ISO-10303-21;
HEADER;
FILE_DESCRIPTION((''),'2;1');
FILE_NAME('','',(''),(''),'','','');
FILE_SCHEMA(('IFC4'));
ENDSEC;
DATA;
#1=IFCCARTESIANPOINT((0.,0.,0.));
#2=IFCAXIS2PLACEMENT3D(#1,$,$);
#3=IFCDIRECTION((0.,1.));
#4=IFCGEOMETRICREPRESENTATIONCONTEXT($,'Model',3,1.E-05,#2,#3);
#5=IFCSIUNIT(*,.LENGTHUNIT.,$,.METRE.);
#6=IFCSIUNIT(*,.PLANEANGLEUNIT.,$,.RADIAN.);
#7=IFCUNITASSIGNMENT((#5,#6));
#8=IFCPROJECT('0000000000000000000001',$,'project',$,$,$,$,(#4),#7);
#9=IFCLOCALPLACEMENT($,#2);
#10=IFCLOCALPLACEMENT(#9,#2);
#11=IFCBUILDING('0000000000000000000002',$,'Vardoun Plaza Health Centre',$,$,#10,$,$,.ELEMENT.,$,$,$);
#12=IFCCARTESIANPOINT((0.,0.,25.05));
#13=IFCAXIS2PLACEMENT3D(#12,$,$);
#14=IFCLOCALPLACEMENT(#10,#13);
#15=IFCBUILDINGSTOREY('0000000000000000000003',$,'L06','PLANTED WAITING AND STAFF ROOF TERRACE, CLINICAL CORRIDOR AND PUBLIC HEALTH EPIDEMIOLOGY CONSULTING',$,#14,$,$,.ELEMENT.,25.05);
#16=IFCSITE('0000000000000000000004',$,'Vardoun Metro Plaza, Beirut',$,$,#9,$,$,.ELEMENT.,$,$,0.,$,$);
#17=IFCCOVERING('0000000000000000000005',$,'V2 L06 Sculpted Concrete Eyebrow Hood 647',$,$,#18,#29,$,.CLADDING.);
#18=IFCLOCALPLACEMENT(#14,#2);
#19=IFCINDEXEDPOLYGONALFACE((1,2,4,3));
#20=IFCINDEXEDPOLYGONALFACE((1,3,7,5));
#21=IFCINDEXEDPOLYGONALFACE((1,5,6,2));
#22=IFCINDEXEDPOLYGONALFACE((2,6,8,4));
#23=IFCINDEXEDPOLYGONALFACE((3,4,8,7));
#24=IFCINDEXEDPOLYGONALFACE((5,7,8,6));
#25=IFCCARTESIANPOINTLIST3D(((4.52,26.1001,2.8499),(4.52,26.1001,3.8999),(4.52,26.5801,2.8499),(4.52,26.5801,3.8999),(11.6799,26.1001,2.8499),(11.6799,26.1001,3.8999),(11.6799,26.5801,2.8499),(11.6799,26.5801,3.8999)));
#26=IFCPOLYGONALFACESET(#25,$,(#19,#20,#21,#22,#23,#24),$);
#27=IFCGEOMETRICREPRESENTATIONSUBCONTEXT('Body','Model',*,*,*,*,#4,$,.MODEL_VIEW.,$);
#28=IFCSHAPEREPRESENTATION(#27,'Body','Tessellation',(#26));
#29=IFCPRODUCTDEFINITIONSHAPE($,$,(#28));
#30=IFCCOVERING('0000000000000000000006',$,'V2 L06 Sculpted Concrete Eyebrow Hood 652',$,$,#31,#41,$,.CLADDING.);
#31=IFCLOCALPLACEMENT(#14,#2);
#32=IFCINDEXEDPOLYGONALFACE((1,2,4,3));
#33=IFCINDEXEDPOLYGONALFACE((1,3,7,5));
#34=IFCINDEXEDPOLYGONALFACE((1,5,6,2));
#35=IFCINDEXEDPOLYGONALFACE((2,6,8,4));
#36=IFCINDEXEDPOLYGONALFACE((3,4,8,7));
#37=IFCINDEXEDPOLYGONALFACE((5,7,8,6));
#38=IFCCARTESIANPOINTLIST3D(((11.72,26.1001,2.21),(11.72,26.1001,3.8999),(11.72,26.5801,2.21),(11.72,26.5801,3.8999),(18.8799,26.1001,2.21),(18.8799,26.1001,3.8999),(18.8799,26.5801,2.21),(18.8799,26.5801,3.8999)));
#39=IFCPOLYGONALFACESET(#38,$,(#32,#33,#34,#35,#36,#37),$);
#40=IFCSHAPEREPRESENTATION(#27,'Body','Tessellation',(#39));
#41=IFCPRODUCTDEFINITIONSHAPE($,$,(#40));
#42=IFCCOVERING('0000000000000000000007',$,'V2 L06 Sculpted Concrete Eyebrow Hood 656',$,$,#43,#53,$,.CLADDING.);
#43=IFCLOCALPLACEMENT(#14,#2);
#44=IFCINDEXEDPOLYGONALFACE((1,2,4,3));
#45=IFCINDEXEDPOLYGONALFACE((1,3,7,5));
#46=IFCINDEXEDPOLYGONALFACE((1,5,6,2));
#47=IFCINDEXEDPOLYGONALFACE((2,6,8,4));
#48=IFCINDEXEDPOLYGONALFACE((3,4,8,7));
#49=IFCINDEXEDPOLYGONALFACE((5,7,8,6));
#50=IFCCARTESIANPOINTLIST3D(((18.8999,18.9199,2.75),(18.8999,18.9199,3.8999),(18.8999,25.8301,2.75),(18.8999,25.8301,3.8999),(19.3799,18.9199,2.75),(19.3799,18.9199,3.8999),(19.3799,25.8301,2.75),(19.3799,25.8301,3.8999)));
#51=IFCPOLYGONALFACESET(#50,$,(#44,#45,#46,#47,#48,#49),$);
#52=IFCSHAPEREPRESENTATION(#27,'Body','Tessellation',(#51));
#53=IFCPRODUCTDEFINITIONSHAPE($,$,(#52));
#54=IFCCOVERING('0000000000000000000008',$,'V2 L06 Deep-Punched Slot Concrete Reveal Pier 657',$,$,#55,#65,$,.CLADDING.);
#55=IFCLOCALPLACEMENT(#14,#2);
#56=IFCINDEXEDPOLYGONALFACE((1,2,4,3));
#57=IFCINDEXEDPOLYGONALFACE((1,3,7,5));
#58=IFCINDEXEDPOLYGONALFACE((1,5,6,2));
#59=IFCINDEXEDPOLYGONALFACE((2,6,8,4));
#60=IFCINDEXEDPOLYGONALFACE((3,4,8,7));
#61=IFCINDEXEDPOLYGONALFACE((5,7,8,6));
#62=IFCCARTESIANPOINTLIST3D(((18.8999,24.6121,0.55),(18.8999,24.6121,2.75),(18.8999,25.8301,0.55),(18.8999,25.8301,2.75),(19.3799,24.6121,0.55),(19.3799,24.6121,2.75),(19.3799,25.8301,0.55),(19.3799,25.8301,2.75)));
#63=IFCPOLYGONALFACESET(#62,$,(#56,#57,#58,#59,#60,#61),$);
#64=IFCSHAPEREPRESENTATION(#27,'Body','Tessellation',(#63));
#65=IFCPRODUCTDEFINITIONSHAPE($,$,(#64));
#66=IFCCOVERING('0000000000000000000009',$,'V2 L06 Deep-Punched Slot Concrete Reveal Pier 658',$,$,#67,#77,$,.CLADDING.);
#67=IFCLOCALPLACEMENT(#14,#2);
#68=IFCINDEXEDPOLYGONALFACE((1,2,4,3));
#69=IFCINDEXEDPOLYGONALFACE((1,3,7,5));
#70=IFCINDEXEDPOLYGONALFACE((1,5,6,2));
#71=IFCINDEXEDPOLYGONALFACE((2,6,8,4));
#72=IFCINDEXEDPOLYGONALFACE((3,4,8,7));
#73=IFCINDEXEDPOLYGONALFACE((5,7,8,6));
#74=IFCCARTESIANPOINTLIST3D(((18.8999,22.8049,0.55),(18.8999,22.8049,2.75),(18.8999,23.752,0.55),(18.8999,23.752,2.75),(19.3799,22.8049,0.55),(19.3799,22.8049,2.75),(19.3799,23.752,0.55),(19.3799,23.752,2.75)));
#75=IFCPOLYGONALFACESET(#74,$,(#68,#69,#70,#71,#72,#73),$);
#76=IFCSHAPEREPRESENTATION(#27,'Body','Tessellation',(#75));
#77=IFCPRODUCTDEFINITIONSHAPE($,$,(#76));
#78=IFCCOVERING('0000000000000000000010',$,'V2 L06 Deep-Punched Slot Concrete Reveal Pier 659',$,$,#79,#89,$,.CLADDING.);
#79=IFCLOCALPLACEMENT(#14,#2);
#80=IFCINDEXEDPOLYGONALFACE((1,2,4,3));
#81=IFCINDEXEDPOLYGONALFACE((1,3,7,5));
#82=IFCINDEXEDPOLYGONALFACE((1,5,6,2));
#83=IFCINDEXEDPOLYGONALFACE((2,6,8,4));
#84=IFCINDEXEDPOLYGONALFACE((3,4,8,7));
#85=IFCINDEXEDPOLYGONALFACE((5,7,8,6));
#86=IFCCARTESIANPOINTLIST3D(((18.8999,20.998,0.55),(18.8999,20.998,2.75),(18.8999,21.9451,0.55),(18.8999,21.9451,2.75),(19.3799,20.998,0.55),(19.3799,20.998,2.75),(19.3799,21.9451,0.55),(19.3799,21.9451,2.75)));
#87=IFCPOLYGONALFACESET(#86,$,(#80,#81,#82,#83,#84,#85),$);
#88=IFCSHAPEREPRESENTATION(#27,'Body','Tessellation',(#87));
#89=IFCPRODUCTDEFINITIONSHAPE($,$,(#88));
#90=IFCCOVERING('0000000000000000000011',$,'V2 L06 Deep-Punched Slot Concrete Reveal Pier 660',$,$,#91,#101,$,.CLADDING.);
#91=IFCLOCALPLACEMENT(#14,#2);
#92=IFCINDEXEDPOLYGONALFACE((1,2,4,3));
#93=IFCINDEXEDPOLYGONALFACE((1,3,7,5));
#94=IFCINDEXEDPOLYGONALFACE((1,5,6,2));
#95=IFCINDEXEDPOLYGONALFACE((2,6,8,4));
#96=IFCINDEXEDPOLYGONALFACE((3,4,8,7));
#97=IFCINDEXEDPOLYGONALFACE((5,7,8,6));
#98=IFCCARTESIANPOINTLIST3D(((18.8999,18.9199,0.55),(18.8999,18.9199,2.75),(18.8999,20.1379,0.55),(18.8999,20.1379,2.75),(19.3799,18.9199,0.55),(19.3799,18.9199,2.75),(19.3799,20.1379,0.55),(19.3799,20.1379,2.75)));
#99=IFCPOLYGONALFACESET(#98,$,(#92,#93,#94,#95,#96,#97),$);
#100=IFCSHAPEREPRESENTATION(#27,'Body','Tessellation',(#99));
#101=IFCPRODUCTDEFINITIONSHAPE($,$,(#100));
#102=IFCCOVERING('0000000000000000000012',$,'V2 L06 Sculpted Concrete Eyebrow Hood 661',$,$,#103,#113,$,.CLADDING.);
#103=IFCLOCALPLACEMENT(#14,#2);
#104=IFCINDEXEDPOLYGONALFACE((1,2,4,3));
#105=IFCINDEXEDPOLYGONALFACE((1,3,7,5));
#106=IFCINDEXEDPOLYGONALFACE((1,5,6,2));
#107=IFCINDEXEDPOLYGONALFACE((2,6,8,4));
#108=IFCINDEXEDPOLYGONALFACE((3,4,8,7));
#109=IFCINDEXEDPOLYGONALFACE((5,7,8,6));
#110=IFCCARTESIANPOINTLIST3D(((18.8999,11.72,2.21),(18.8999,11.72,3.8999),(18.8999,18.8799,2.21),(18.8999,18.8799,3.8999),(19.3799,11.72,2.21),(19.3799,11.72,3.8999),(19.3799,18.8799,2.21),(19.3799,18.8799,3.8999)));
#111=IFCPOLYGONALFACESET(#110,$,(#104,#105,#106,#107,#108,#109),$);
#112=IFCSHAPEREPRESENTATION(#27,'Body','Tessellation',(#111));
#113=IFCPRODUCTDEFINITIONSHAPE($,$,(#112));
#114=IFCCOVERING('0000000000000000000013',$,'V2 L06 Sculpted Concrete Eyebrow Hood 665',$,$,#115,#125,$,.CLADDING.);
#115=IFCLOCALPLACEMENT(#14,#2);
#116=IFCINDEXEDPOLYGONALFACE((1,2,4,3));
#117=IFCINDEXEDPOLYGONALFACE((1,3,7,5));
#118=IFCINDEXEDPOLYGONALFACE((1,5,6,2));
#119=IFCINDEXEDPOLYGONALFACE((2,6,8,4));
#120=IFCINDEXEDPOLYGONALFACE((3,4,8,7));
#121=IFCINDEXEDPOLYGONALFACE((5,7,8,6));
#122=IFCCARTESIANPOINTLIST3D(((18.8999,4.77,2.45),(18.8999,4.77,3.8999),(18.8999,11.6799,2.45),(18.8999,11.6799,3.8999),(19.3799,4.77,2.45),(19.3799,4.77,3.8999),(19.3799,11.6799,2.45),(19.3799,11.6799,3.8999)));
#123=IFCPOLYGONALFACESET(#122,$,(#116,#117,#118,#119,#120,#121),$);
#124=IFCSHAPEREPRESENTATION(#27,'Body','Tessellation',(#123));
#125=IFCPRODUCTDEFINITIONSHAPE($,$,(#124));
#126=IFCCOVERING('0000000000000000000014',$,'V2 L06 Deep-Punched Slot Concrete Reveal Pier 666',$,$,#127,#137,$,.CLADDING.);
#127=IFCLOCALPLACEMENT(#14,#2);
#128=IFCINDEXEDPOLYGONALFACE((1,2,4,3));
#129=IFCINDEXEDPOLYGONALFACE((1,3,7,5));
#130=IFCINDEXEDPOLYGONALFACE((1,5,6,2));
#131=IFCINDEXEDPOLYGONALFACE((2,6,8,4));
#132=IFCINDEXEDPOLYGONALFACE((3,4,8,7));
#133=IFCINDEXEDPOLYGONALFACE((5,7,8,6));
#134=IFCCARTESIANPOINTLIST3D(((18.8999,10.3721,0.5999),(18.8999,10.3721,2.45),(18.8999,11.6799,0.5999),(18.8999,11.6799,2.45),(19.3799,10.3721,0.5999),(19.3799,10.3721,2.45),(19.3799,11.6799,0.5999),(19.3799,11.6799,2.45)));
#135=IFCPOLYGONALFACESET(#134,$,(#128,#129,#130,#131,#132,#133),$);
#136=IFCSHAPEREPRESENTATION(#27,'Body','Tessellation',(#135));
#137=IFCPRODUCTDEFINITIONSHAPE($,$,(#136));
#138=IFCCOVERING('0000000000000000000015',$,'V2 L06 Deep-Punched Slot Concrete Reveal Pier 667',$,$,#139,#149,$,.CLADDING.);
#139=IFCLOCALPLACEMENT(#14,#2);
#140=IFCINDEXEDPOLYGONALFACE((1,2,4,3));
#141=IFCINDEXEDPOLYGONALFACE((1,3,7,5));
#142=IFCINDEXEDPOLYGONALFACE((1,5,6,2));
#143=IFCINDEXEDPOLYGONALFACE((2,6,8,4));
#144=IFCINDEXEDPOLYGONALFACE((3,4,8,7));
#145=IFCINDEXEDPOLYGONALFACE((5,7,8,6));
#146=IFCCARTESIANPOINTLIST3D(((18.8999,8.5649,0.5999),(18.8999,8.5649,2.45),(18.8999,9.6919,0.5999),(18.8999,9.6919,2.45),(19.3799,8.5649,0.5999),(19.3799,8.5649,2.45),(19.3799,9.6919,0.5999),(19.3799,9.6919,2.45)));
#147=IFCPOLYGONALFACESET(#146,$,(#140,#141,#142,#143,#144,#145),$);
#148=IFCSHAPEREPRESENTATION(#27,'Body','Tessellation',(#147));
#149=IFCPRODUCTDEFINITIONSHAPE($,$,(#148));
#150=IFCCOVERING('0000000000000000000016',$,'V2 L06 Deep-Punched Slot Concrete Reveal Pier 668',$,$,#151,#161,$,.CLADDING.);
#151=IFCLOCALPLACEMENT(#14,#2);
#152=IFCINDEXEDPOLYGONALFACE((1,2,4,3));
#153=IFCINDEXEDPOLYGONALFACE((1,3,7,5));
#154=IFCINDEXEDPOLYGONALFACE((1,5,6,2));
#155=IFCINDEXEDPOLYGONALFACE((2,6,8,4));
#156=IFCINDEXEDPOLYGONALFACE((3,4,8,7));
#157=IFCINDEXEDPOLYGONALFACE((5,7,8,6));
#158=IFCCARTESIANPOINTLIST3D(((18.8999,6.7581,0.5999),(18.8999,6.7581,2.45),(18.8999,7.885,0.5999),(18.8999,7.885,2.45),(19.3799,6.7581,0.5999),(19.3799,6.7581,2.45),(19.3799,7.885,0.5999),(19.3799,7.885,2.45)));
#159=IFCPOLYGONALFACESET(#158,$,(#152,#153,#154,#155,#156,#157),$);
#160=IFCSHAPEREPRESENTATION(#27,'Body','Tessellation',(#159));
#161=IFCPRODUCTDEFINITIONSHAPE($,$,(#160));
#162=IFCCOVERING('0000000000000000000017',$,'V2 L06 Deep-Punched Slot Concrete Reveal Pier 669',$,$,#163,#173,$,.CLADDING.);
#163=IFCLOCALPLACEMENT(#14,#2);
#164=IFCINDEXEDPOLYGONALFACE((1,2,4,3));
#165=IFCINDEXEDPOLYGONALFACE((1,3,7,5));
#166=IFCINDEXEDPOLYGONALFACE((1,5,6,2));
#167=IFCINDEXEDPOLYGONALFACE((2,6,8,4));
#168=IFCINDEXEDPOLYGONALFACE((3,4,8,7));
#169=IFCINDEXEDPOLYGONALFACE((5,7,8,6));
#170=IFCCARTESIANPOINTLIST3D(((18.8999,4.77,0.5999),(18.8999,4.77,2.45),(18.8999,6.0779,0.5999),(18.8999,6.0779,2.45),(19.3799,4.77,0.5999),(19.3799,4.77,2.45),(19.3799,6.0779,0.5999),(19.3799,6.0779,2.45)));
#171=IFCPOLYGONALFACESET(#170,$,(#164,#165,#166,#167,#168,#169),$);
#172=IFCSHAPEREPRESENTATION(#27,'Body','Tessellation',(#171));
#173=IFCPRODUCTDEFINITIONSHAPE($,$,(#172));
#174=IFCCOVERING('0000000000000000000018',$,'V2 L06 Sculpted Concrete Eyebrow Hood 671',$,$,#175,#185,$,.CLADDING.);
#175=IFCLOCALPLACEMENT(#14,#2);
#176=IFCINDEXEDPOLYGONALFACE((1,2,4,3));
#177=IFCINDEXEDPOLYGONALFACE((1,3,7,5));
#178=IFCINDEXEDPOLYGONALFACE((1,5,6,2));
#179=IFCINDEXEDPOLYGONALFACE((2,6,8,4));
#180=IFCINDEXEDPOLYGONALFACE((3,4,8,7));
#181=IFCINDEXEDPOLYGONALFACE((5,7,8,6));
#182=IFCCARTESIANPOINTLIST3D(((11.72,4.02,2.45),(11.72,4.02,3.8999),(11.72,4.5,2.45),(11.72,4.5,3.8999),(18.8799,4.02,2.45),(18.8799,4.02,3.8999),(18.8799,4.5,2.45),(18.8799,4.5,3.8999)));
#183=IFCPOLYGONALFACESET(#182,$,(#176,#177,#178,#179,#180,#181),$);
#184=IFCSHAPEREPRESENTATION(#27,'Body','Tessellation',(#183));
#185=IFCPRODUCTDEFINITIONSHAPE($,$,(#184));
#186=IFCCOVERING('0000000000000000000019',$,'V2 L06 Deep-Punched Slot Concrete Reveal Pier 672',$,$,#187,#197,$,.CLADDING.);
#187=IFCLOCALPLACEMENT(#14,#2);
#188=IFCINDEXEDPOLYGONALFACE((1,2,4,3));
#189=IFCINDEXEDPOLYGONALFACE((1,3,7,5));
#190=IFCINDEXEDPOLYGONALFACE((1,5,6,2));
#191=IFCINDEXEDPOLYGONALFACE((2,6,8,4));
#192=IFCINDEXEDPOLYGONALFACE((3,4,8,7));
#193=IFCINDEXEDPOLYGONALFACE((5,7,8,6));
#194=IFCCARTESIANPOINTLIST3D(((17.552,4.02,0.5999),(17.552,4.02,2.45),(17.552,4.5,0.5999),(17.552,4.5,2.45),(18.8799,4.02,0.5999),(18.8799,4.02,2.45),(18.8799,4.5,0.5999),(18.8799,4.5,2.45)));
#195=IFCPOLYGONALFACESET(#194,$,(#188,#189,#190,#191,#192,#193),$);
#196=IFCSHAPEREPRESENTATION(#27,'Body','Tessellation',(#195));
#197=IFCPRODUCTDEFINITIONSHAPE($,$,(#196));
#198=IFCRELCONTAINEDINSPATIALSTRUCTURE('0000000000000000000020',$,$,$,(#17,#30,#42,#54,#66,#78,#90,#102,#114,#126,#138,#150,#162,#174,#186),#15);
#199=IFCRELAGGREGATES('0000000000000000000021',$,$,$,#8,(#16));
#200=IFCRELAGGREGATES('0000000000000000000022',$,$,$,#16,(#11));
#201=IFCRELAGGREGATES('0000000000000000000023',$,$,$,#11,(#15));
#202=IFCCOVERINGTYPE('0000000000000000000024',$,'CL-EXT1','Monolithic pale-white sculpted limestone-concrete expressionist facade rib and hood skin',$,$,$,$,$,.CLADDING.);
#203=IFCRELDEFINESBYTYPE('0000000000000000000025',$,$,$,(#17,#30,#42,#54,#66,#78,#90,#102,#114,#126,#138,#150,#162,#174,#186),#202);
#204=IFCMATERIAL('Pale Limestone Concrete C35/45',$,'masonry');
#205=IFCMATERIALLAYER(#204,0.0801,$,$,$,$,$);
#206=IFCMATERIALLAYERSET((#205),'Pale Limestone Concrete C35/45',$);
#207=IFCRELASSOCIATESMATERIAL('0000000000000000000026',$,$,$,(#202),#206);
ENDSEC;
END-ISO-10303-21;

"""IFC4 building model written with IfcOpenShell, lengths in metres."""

from ifc_helpers import new_model, si_unit, direction, frame, origin, place, context, subcontext, project, spatial, polyline, outline, extrude, material, layer, layer_set, type_object, element, save


model = new_model("IFC4")

# Units and contexts
model_context = context("Model", 3, precision=1e-05, world=origin(), true_north=direction((0.0, 1.0)))
body_context = subcontext(model_context, "Body", "Model", "MODEL_VIEW")
ifc_project = project(units=[si_unit("LENGTHUNIT", "METRE"), si_unit("PLANEANGLEUNIT", "RADIAN")], contexts=[model_context])

# Site, building, storey
site_placement = place(None, origin())
site = spatial("IfcSite", under=ifc_project, at=site_placement, Name="Vardoun Metro Plaza, Beirut", CompositionType="ELEMENT", RefElevation=0.0)
building_placement = place(site_placement, origin())
building = spatial("IfcBuilding", under=site, at=building_placement, Name="Vardoun Plaza Health Centre", CompositionType="ELEMENT")
storey_placement = place(building_placement, frame((0.0, 0.0, 25.05)))
storey = spatial("IfcBuildingStorey", under=building, at=storey_placement, Name="L06", Description="PLANTED WAITING AND STAFF ROOF TERRACE, CLINICAL CORRIDOR AND PUBLIC HEALTH EPIDEMIOLOGY CONSULTING", CompositionType="ELEMENT", Elevation=25.05)

# Coverings
ifc_material = material(Name="Pale Limestone Concrete C35/45", Category="masonry")
ifc_layer = layer(ifc_material, 0.0801)
ifc_layer_set = layer_set([ifc_layer], Name="Pale Limestone Concrete C35/45")
covering_type = type_object("IfcCoveringType", Name="CL-EXT1", Description="Monolithic pale-white sculpted limestone-concrete expressionist facade rib and hood skin", PredefinedType="CLADDING", material=ifc_layer_set)
covering_1_placement = place(storey_placement, frame((0.0, 0.0, 2.8499)))
element("IfcCovering", 1, at=covering_1_placement, inside=storey, type_object=covering_type, Name="V2 L06 Sculpted Concrete Eyebrow Hood 647", PredefinedType="CLADDING", context=body_context, shape_type="SweptSolid", body=[
    extrude(outline(polyline([(4.52, 26.1001), (11.6799, 26.1001), (11.6799, 26.5801), (4.52, 26.5801), (4.52, 26.1001)])), origin(), (0.0, 0.0, 1.0), 1.05),
])
covering_2_placement = place(storey_placement, frame((0.0, 0.0, 2.21)))
element("IfcCovering", 2, at=covering_2_placement, inside=storey, type_object=covering_type, Name="V2 L06 Sculpted Concrete Eyebrow Hood 652", PredefinedType="CLADDING", context=body_context, shape_type="SweptSolid", body=[
    extrude(outline(polyline([(11.72, 26.1001), (18.8799, 26.1001), (18.8799, 26.5801), (11.72, 26.5801), (11.72, 26.1001)])), origin(), (0.0, 0.0, 1.0), 1.6899),
])
covering_3_placement = place(storey_placement, frame((0.0, 0.0, 2.75)))
element("IfcCovering", 3, at=covering_3_placement, inside=storey, type_object=covering_type, Name="V2 L06 Sculpted Concrete Eyebrow Hood 656", PredefinedType="CLADDING", context=body_context, shape_type="SweptSolid", body=[
    extrude(outline(polyline([(18.8999, 25.8301), (18.8999, 18.9199), (19.3799, 18.9199), (19.3799, 25.8301), (18.8999, 25.8301)])), origin(), (0.0, 0.0, 1.0), 1.1499),
])
covering_4_placement = place(storey_placement, frame((0.0, 0.0, 0.55)))
element("IfcCovering", 4, at=covering_4_placement, inside=storey, type_object=covering_type, Name="V2 L06 Deep-Punched Slot Concrete Reveal Pier 657", PredefinedType="CLADDING", context=body_context, shape_type="SweptSolid", body=[
    extrude(outline(polyline([(18.8999, 25.8301), (18.8999, 24.6121), (19.3799, 24.6121), (19.3799, 25.8301), (18.8999, 25.8301)])), origin(), (0.0, 0.0, 1.0), 2.2),
])
covering_5_placement = place(storey_placement, frame((0.0, 0.0, 0.55)))
element("IfcCovering", 5, at=covering_5_placement, inside=storey, type_object=covering_type, Name="V2 L06 Deep-Punched Slot Concrete Reveal Pier 658", PredefinedType="CLADDING", context=body_context, shape_type="SweptSolid", body=[
    extrude(outline(polyline([(18.8999, 23.752), (18.8999, 22.8049), (19.3799, 22.8049), (19.3799, 23.752), (18.8999, 23.752)])), origin(), (0.0, 0.0, 1.0), 2.2),
])
covering_6_placement = place(storey_placement, frame((0.0, 0.0, 0.55)))
element("IfcCovering", 6, at=covering_6_placement, inside=storey, type_object=covering_type, Name="V2 L06 Deep-Punched Slot Concrete Reveal Pier 659", PredefinedType="CLADDING", context=body_context, shape_type="SweptSolid", body=[
    extrude(outline(polyline([(18.8999, 21.9451), (18.8999, 20.998), (19.3799, 20.998), (19.3799, 21.9451), (18.8999, 21.9451)])), origin(), (0.0, 0.0, 1.0), 2.2),
])
covering_7_placement = place(storey_placement, frame((0.0, 0.0, 0.55)))
element("IfcCovering", 7, at=covering_7_placement, inside=storey, type_object=covering_type, Name="V2 L06 Deep-Punched Slot Concrete Reveal Pier 660", PredefinedType="CLADDING", context=body_context, shape_type="SweptSolid", body=[
    extrude(outline(polyline([(18.8999, 20.1379), (18.8999, 18.9199), (19.3799, 18.9199), (19.3799, 20.1379), (18.8999, 20.1379)])), origin(), (0.0, 0.0, 1.0), 2.2),
])
covering_8_placement = place(storey_placement, frame((0.0, 0.0, 2.21)))
element("IfcCovering", 8, at=covering_8_placement, inside=storey, type_object=covering_type, Name="V2 L06 Sculpted Concrete Eyebrow Hood 661", PredefinedType="CLADDING", context=body_context, shape_type="SweptSolid", body=[
    extrude(outline(polyline([(18.8999, 18.8799), (18.8999, 11.72), (19.3799, 11.72), (19.3799, 18.8799), (18.8999, 18.8799)])), origin(), (0.0, 0.0, 1.0), 1.6899),
])
covering_9_placement = place(storey_placement, frame((0.0, 0.0, 2.45)))
element("IfcCovering", 9, at=covering_9_placement, inside=storey, type_object=covering_type, Name="V2 L06 Sculpted Concrete Eyebrow Hood 665", PredefinedType="CLADDING", context=body_context, shape_type="SweptSolid", body=[
    extrude(outline(polyline([(18.8999, 11.6799), (18.8999, 4.77), (19.3799, 4.77), (19.3799, 11.6799), (18.8999, 11.6799)])), origin(), (0.0, 0.0, 1.0), 1.45),
])
covering_10_placement = place(storey_placement, frame((0.0, 0.0, 0.5999)))
element("IfcCovering", 10, at=covering_10_placement, inside=storey, type_object=covering_type, Name="V2 L06 Deep-Punched Slot Concrete Reveal Pier 666", PredefinedType="CLADDING", context=body_context, shape_type="SweptSolid", body=[
    extrude(outline(polyline([(18.8999, 11.6799), (18.8999, 10.3721), (19.3799, 10.3721), (19.3799, 11.6799), (18.8999, 11.6799)])), origin(), (0.0, 0.0, 1.0), 1.8501),
])
covering_11_placement = place(storey_placement, frame((0.0, 0.0, 0.5999)))
element("IfcCovering", 11, at=covering_11_placement, inside=storey, type_object=covering_type, Name="V2 L06 Deep-Punched Slot Concrete Reveal Pier 667", PredefinedType="CLADDING", context=body_context, shape_type="SweptSolid", body=[
    extrude(outline(polyline([(18.8999, 9.6919), (18.8999, 8.5649), (19.3799, 8.5649), (19.3799, 9.6919), (18.8999, 9.6919)])), origin(), (0.0, 0.0, 1.0), 1.8501),
])
covering_12_placement = place(storey_placement, frame((0.0, 0.0, 0.5999)))
element("IfcCovering", 12, at=covering_12_placement, inside=storey, type_object=covering_type, Name="V2 L06 Deep-Punched Slot Concrete Reveal Pier 668", PredefinedType="CLADDING", context=body_context, shape_type="SweptSolid", body=[
    extrude(outline(polyline([(18.8999, 7.885), (18.8999, 6.7581), (19.3799, 6.7581), (19.3799, 7.885), (18.8999, 7.885)])), origin(), (0.0, 0.0, 1.0), 1.8501),
])
covering_13_placement = place(storey_placement, frame((0.0, 0.0, 0.5999)))
element("IfcCovering", 13, at=covering_13_placement, inside=storey, type_object=covering_type, Name="V2 L06 Deep-Punched Slot Concrete Reveal Pier 669", PredefinedType="CLADDING", context=body_context, shape_type="SweptSolid", body=[
    extrude(outline(polyline([(18.8999, 6.0779), (18.8999, 4.77), (19.3799, 4.77), (19.3799, 6.0779), (18.8999, 6.0779)])), origin(), (0.0, 0.0, 1.0), 1.8501),
])
covering_14_placement = place(storey_placement, frame((0.0, 0.0, 2.45)))
element("IfcCovering", 14, at=covering_14_placement, inside=storey, type_object=covering_type, Name="V2 L06 Sculpted Concrete Eyebrow Hood 671", PredefinedType="CLADDING", context=body_context, shape_type="SweptSolid", body=[
    extrude(outline(polyline([(18.8799, 4.5), (11.72, 4.5), (11.72, 4.02), (18.8799, 4.02), (18.8799, 4.5)])), origin(), (0.0, 0.0, 1.0), 1.45),
])
covering_15_placement = place(storey_placement, frame((0.0, 0.0, 0.5999)))
element("IfcCovering", 15, at=covering_15_placement, inside=storey, type_object=covering_type, Name="V2 L06 Deep-Punched Slot Concrete Reveal Pier 672", PredefinedType="CLADDING", context=body_context, shape_type="SweptSolid", body=[
    extrude(outline(polyline([(18.8799, 4.5), (17.552, 4.5), (17.552, 4.02), (18.8799, 4.02), (18.8799, 4.5)])), origin(), (0.0, 0.0, 1.0), 1.8501),
])

save(model, "model.ifc")
